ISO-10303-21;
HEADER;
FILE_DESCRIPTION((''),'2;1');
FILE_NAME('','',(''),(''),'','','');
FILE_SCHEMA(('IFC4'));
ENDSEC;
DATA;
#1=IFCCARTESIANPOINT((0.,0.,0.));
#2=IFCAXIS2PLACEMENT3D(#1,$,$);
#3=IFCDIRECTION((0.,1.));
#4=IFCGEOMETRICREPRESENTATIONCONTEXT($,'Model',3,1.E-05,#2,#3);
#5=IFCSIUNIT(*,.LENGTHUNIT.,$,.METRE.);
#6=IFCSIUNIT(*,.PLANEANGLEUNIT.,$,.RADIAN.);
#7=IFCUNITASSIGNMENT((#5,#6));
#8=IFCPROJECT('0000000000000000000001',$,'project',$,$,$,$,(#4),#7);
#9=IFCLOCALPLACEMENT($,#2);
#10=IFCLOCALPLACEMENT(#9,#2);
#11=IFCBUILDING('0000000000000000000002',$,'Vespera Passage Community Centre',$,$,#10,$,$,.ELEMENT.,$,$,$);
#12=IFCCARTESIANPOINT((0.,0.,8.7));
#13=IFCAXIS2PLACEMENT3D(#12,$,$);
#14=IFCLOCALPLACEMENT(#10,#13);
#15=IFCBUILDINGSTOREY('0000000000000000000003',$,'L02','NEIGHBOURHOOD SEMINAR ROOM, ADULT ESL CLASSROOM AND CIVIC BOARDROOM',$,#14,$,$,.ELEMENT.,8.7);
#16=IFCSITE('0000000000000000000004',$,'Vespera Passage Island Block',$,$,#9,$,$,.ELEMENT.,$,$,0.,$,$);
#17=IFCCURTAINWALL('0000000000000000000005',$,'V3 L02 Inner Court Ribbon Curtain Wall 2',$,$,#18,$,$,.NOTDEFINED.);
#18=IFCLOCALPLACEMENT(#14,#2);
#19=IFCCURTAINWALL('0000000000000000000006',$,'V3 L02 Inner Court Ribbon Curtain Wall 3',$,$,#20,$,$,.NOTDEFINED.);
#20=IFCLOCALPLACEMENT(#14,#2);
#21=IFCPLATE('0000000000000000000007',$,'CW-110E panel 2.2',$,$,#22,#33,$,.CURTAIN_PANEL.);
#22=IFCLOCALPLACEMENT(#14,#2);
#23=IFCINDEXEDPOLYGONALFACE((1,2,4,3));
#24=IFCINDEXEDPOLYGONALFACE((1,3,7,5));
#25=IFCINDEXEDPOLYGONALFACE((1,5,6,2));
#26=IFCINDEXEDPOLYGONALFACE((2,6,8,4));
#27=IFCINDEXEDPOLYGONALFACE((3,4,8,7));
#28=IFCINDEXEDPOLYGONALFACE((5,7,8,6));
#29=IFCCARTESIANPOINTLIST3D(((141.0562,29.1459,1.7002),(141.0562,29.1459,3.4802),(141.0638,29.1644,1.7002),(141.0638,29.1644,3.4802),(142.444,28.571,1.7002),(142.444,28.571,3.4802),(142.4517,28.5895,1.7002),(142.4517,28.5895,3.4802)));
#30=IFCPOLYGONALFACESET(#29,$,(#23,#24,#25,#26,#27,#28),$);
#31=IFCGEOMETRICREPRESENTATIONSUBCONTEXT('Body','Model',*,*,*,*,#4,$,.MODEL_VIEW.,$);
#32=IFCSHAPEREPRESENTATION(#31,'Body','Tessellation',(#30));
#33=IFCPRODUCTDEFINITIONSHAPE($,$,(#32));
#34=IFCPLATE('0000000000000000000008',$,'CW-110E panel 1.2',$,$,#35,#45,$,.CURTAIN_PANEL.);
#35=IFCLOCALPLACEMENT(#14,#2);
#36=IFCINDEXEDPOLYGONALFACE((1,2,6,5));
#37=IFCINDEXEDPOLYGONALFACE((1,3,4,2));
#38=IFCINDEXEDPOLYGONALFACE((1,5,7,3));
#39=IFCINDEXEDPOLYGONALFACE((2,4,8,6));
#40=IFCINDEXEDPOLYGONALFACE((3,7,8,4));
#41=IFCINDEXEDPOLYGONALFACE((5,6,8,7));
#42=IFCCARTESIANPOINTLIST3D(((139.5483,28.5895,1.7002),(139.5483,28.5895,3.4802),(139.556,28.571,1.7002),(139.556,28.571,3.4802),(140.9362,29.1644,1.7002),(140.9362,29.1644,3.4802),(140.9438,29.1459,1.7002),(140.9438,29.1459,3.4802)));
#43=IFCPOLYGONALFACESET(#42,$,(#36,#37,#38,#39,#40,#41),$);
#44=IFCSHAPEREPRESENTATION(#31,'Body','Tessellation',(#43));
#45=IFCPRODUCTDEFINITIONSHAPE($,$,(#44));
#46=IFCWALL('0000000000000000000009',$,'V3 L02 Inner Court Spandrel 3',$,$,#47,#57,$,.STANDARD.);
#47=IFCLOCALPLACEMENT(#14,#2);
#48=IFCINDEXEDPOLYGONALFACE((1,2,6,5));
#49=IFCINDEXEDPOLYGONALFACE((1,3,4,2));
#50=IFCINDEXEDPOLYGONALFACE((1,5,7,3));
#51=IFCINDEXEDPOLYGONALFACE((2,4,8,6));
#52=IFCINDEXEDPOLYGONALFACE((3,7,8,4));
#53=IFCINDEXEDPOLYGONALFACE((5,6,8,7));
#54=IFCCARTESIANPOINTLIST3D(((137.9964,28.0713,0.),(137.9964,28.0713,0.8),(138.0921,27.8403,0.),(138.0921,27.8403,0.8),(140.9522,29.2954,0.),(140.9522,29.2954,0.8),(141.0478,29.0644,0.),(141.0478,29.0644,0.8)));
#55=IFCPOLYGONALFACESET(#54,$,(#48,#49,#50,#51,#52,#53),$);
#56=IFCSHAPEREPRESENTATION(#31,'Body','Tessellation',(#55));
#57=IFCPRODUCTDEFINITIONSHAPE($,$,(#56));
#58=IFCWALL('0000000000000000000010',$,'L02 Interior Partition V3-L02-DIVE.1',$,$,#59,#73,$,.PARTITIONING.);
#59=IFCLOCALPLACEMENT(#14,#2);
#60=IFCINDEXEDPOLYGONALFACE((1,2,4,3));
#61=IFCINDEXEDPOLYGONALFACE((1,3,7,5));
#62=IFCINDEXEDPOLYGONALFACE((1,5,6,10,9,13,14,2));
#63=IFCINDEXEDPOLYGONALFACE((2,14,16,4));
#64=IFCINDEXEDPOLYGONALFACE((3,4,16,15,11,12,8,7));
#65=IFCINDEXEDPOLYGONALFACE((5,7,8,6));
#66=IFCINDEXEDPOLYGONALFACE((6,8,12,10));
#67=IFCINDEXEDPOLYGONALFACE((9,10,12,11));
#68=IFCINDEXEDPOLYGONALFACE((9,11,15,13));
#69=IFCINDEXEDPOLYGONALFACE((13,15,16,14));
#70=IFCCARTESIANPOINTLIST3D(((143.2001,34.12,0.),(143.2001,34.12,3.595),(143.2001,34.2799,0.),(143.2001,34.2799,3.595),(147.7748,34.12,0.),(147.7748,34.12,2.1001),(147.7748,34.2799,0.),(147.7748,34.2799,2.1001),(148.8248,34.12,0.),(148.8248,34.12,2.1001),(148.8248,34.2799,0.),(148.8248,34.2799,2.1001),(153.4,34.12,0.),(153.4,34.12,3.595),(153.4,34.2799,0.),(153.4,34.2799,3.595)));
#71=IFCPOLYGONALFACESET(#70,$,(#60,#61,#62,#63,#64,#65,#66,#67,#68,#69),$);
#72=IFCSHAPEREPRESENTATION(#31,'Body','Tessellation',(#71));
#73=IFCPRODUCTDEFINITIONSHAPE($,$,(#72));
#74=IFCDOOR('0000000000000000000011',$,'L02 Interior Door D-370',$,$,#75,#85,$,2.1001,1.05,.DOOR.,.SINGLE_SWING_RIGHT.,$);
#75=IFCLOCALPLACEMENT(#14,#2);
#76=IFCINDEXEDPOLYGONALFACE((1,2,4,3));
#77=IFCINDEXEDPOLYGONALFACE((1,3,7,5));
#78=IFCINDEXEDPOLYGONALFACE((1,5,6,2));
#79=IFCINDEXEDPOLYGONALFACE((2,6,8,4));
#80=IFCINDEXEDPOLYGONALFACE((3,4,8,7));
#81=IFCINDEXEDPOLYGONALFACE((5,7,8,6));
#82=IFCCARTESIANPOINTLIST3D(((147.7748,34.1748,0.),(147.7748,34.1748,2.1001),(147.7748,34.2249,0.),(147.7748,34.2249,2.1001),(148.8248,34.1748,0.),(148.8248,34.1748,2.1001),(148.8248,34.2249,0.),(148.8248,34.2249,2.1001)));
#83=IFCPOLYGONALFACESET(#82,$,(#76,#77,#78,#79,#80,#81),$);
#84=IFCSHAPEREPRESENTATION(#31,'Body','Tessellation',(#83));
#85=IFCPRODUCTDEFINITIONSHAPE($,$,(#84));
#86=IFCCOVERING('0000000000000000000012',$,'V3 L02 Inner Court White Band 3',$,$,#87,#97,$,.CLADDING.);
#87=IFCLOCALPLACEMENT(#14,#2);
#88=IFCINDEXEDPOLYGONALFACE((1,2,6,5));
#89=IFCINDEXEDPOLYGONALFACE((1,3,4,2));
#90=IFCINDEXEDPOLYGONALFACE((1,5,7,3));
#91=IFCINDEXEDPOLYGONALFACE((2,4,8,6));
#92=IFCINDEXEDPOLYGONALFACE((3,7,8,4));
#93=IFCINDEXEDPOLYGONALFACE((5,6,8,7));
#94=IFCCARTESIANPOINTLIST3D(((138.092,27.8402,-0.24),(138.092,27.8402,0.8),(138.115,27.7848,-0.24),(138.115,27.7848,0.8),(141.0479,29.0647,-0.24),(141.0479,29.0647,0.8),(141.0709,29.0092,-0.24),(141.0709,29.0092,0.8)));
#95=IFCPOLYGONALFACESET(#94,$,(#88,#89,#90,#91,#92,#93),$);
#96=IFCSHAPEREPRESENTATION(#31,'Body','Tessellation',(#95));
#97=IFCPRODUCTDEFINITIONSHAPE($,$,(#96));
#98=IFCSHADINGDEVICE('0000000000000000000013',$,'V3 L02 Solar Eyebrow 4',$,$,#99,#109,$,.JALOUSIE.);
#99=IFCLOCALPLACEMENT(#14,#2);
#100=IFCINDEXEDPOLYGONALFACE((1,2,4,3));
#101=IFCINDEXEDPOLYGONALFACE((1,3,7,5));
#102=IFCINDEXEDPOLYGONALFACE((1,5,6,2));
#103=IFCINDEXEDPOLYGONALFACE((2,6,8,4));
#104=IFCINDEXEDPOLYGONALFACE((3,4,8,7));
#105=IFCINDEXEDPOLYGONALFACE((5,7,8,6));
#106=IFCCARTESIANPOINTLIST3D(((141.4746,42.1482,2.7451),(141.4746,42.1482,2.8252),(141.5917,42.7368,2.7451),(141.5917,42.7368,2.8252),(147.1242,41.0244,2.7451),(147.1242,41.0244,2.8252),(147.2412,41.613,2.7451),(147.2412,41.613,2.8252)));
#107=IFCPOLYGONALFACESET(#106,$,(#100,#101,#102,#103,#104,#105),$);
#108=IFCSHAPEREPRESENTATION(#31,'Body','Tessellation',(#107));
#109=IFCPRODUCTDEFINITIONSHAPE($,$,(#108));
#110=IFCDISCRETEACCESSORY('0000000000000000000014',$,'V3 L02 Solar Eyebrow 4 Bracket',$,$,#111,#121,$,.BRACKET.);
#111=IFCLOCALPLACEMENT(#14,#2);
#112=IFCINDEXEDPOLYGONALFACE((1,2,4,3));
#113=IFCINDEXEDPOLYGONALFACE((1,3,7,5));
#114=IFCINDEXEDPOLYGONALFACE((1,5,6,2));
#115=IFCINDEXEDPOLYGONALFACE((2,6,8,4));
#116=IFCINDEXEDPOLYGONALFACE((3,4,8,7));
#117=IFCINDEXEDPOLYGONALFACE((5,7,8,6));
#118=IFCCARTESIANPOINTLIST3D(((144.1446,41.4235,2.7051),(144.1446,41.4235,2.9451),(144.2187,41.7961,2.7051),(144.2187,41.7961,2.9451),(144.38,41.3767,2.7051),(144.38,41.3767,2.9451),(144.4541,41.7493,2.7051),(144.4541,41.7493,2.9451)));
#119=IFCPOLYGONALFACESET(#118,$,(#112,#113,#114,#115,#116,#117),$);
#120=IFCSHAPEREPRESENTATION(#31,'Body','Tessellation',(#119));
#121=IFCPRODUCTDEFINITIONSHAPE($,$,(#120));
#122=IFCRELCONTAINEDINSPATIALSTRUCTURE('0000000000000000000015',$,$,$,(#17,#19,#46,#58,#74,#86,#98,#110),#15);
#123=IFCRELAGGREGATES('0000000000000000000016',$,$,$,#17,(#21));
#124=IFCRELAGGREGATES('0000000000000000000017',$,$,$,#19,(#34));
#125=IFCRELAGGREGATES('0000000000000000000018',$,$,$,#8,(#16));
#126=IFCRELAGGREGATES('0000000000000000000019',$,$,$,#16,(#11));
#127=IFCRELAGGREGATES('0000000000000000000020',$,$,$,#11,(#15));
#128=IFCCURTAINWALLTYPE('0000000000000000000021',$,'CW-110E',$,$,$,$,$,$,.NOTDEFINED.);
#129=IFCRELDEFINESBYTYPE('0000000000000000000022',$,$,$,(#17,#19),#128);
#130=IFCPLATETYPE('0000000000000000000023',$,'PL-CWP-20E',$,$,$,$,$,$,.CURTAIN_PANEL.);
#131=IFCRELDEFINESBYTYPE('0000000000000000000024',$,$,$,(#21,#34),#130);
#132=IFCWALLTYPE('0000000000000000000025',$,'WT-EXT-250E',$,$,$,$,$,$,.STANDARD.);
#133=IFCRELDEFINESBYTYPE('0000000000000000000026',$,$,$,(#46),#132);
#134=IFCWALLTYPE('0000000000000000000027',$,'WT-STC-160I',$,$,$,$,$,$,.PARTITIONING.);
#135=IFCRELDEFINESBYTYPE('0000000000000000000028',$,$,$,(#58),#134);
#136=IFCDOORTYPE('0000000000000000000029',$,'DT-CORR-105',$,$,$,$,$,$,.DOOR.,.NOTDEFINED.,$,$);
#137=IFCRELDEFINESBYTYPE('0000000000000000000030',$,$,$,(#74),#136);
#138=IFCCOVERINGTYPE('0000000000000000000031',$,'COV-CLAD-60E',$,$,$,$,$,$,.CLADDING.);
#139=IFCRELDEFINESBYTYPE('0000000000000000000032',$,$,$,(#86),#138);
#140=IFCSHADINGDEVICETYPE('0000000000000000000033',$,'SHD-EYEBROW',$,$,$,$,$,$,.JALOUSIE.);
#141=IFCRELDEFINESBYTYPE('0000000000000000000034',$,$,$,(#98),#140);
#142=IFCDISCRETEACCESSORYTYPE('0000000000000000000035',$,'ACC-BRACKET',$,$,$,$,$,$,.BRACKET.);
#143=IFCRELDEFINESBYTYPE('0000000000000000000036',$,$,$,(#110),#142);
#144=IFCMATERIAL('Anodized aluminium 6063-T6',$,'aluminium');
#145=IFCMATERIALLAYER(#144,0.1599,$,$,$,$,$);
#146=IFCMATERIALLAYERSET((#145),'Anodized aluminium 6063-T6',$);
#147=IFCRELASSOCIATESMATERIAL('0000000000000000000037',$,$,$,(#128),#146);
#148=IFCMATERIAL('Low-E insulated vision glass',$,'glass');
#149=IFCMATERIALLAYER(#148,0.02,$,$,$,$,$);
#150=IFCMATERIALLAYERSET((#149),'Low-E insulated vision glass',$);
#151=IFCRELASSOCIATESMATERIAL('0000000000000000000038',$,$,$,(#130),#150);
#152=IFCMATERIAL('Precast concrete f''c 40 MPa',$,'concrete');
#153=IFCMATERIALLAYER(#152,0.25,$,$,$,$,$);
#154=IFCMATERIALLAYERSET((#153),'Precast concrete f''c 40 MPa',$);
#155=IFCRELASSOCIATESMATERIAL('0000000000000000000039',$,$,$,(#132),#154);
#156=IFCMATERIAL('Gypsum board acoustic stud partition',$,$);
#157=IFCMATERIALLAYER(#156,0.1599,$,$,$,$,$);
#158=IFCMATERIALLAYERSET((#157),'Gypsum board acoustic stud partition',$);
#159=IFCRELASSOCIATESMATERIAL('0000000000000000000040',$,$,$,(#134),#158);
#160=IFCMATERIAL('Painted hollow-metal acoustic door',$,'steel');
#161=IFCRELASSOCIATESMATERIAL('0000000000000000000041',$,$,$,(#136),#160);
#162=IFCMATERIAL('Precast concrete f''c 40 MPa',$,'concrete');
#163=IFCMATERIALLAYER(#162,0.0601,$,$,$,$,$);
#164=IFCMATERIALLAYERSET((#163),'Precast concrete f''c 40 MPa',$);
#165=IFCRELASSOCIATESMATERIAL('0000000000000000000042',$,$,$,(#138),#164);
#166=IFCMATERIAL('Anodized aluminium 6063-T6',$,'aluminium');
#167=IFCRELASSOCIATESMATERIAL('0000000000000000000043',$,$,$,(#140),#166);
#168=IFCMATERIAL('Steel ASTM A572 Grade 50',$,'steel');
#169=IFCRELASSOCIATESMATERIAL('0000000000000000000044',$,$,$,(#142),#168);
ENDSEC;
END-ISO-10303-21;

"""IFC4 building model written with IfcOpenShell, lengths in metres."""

from ifc_helpers import new_model, si_unit, direction, frame, frame_2d, origin, origin_2d, place, context, subcontext, project, spatial, rectangle, extrude, material, layer, layer_set, type_object, element, fill, aggregate, save


model = new_model("IFC4")

# Units and contexts
model_context = context("Model", 3, precision=1e-05, world=origin(), true_north=direction((0.0, 1.0)))
body_context = subcontext(model_context, "Body", "Model", "MODEL_VIEW")
ifc_project = project(units=[si_unit("LENGTHUNIT", "METRE"), si_unit("PLANEANGLEUNIT", "RADIAN")], contexts=[model_context])

# Site, building, storey
site_placement = place(None, origin())
site = spatial("IfcSite", under=ifc_project, at=site_placement, Name="Vespera Passage Island Block", CompositionType="ELEMENT", RefElevation=0.0)
building_placement = place(site_placement, origin())
building = spatial("IfcBuilding", under=site, at=building_placement, Name="Vespera Passage Community Centre", CompositionType="ELEMENT")
storey_placement = place(building_placement, frame((0.0, 0.0, 8.7)))
storey = spatial("IfcBuildingStorey", under=building, at=storey_placement, Name="L02", Description="NEIGHBOURHOOD SEMINAR ROOM, ADULT ESL CLASSROOM AND CIVIC BOARDROOM", CompositionType="ELEMENT", Elevation=8.7)

# Curtain walls
ifc_material_1 = material(Name="Anodized aluminium 6063-T6", Category="aluminium")
ifc_layer_1 = layer(ifc_material_1, 0.1599)
ifc_layer_set_1 = layer_set([ifc_layer_1], Name="Anodized aluminium 6063-T6")
curtain_wall_type_1 = type_object("IfcCurtainWallType", Name="CW-110E", PredefinedType="NOTDEFINED", material=ifc_layer_set_1)
curtain_wall_1_placement = place(storey_placement, origin())
curtain_wall_1 = element("IfcCurtainWall", 1, at=curtain_wall_1_placement, inside=storey, type_object=curtain_wall_type_1, Name="V3 L02 Inner Court Ribbon Curtain Wall 2", PredefinedType="NOTDEFINED")
curtain_wall_2_placement = place(storey_placement, origin())
curtain_wall_2 = element("IfcCurtainWall", 2, at=curtain_wall_2_placement, inside=storey, type_object=curtain_wall_type_1, Name="V3 L02 Inner Court Ribbon Curtain Wall 3", PredefinedType="NOTDEFINED")

# Plates
ifc_material_2 = material(Name="Low-E insulated vision glass", Category="glass")
ifc_layer_2 = layer(ifc_material_2, 0.02)
ifc_layer_set_2 = layer_set([ifc_layer_2], Name="Low-E insulated vision glass")
plate_type = type_object("IfcPlateType", Name="PL-CWP-20E", PredefinedType="CURTAIN_PANEL", material=ifc_layer_set_2)
plate_1_placement = place(storey_placement, frame((141.7539, 28.8677, 1.7002), z_axis=(0.0, 0.0, 1.0), x_axis=(-0.923879, 0.382686, 0.0)))
plate_1 = element("IfcPlate", 3, at=plate_1_placement, type_object=plate_type, Name="CW-110E panel 2.2", PredefinedType="CURTAIN_PANEL", context=body_context, shape_type="SweptSolid", body=[
    extrude(rectangle(XDim=1.5022, YDim=0.02, at=origin_2d()), origin(), (0.0, 0.0, 1.0), 1.78),
])
aggregate(curtain_wall_1, [plate_1])
plate_2_placement = place(storey_placement, frame((140.2461, 28.8677, 1.7002), z_axis=(0.0, 0.0, 1.0), x_axis=(-0.923879, -0.382686, 0.0)))
plate_2 = element("IfcPlate", 4, at=plate_2_placement, type_object=plate_type, Name="CW-110E panel 1.2", PredefinedType="CURTAIN_PANEL", context=body_context, shape_type="SweptSolid", body=[
    extrude(rectangle(XDim=1.5022, YDim=0.02, at=origin_2d()), origin(), (0.0, 0.0, 1.0), 1.78),
])
aggregate(curtain_wall_2, [plate_2])

# Wall
ifc_material_3 = material(Name="Precast concrete f'c 40 MPa", Category="concrete")
ifc_layer_3 = layer(ifc_material_3, 0.25)
ifc_layer_set_3 = layer_set([ifc_layer_3], Name="Precast concrete f'c 40 MPa")
wall_type_1 = type_object("IfcWallType", Name="WT-EXT-250E", PredefinedType="STANDARD", material=ifc_layer_set_3)
wall_1_placement = place(storey_placement, frame((141.0, 29.1799, 0.0), z_axis=(0.0, 0.0, 1.0), x_axis=(-0.923903, -0.382626, 0.0)))
element("IfcWall", 5, at=wall_1_placement, inside=storey, type_object=wall_type_1, Name="V3 L02 Inner Court Spandrel 3", PredefinedType="STANDARD", context=body_context, shape_type="SweptSolid", body=[
    extrude(rectangle(XDim=3.1992, YDim=0.25, at=frame_2d((1.5996, 0.0))), origin(), (0.0, 0.0, 1.0), 0.8),
])

# Wall, opening, door
ifc_material_4 = material(Name="Gypsum board acoustic stud partition")
ifc_layer_4 = layer(ifc_material_4, 0.1599)
ifc_layer_set_4 = layer_set([ifc_layer_4], Name="Gypsum board acoustic stud partition")
wall_type_2 = type_object("IfcWallType", Name="WT-STC-160I", PredefinedType="PARTITIONING", material=ifc_layer_set_4)
wall_2_placement = place(storey_placement, frame((143.2, 34.2, 0.0), z_axis=(0.0, 0.0, 1.0), x_axis=(1.0, 0.0, 0.0)))
wall_2 = element("IfcWall", 6, at=wall_2_placement, inside=storey, type_object=wall_type_2, Name="L02 Interior Partition V3-L02-DIVE.1", PredefinedType="PARTITIONING", context=body_context, shape_type="SweptSolid", body=[
    extrude(rectangle(XDim=10.2, YDim=0.1599, at=frame_2d((5.1001, 0.0))), origin(), (0.0, 0.0, 1.0), 3.595),
])
opening_placement = place(wall_2_placement, frame((4.575, 0.0, 0.0)))
opening = element("IfcOpeningElement", 7, at=opening_placement, cuts=wall_2, PredefinedType="OPENING", context=body_context, shape_type="SweptSolid", body=[
    extrude(rectangle(XDim=1.05, YDim=2.1001, at=frame_2d((0.5249, 1.05))), frame((0.0, 0.0901, 0.0), z_axis=(0.0, -1.0, 0.0), x_axis=(1.0, 0.0, 0.0)), (0.0, 0.0, 1.0), 0.1799),
])
ifc_material_5 = material(Name="Painted hollow-metal acoustic door", Category="steel")
door_type = type_object("IfcDoorType", Name="DT-CORR-105", OperationType="NOTDEFINED", PredefinedType="DOOR", material=ifc_material_5)
door_placement = place(opening_placement, origin())
door = element("IfcDoor", 8, at=door_placement, inside=storey, type_object=door_type, Name="L02 Interior Door D-370", OperationType="SINGLE_SWING_RIGHT", OverallHeight=2.1001, OverallWidth=1.05, PredefinedType="DOOR", context=body_context, shape_type="SweptSolid", body=[
    extrude(rectangle(XDim=1.05, YDim=2.1001, at=frame_2d((0.5249, 1.05))), frame((0.0, 0.0249, 0.0), z_axis=(0.0, -1.0, 0.0), x_axis=(1.0, 0.0, 0.0)), (0.0, 0.0, 1.0), 0.05),
])
fill(opening, door)

# Covering
ifc_material_6 = material(Name="Precast concrete f'c 40 MPa", Category="concrete")
ifc_layer_5 = layer(ifc_material_6, 0.0601)
ifc_layer_set_5 = layer_set([ifc_layer_5], Name="Precast concrete f'c 40 MPa")
covering_type = type_object("IfcCoveringType", Name="COV-CLAD-60E", PredefinedType="CLADDING", material=ifc_layer_set_5)
covering_placement = place(storey_placement, frame((141.0593, 29.0369, -0.24), z_axis=(0.0, 0.0, 1.0), x_axis=(-0.923876, -0.382691, 0.0)))
element("IfcCovering", 9, at=covering_placement, inside=storey, type_object=covering_type, Name="V3 L02 Inner Court White Band 3", PredefinedType="CLADDING", context=body_context, shape_type="SweptSolid", body=[
    extrude(rectangle(XDim=3.1995, YDim=0.0601, at=frame_2d((1.5996, 0.0))), origin(), (0.0, 0.0, 1.0), 1.04),
])

# Shading device
ifc_material_7 = material(Name="Anodized aluminium 6063-T6", Category="aluminium")
shading_device_type = type_object("IfcShadingDeviceType", Name="SHD-EYEBROW", PredefinedType="JALOUSIE", material=ifc_material_7)
shading_device_placement = place(storey_placement, frame((144.3579, 41.8806, 2.7451), z_axis=(0.0, 0.0, 1.0), x_axis=(0.980785, -0.19509, 0.0)))
element("IfcShadingDevice", 10, at=shading_device_placement, inside=storey, type_object=shading_device_type, Name="V3 L02 Solar Eyebrow 4", PredefinedType="JALOUSIE", context=body_context, shape_type="SweptSolid", body=[
    extrude(rectangle(XDim=5.7603, YDim=0.6001, at=origin_2d()), origin(), (0.0, 0.0, 1.0), 0.0801),
])

# Discrete accessory
ifc_material_8 = material(Name="Steel ASTM A572 Grade 50", Category="steel")
discrete_accessory_type = type_object("IfcDiscreteAccessoryType", Name="ACC-BRACKET", PredefinedType="BRACKET", material=ifc_material_8)
discrete_accessory_placement = place(storey_placement, frame((144.2993, 41.5864, 2.7051), z_axis=(0.0, 0.0, 1.0), x_axis=(0.980785, -0.19509, 0.0)))
element("IfcDiscreteAccessory", 11, at=discrete_accessory_placement, inside=storey, type_object=discrete_accessory_type, Name="V3 L02 Solar Eyebrow 4 Bracket", PredefinedType="BRACKET", context=body_context, shape_type="SweptSolid", body=[
    extrude(rectangle(XDim=0.24, YDim=0.3799, at=origin_2d()), origin(), (0.0, 0.0, 1.0), 0.24),
])

save(model, "model.ifc")
